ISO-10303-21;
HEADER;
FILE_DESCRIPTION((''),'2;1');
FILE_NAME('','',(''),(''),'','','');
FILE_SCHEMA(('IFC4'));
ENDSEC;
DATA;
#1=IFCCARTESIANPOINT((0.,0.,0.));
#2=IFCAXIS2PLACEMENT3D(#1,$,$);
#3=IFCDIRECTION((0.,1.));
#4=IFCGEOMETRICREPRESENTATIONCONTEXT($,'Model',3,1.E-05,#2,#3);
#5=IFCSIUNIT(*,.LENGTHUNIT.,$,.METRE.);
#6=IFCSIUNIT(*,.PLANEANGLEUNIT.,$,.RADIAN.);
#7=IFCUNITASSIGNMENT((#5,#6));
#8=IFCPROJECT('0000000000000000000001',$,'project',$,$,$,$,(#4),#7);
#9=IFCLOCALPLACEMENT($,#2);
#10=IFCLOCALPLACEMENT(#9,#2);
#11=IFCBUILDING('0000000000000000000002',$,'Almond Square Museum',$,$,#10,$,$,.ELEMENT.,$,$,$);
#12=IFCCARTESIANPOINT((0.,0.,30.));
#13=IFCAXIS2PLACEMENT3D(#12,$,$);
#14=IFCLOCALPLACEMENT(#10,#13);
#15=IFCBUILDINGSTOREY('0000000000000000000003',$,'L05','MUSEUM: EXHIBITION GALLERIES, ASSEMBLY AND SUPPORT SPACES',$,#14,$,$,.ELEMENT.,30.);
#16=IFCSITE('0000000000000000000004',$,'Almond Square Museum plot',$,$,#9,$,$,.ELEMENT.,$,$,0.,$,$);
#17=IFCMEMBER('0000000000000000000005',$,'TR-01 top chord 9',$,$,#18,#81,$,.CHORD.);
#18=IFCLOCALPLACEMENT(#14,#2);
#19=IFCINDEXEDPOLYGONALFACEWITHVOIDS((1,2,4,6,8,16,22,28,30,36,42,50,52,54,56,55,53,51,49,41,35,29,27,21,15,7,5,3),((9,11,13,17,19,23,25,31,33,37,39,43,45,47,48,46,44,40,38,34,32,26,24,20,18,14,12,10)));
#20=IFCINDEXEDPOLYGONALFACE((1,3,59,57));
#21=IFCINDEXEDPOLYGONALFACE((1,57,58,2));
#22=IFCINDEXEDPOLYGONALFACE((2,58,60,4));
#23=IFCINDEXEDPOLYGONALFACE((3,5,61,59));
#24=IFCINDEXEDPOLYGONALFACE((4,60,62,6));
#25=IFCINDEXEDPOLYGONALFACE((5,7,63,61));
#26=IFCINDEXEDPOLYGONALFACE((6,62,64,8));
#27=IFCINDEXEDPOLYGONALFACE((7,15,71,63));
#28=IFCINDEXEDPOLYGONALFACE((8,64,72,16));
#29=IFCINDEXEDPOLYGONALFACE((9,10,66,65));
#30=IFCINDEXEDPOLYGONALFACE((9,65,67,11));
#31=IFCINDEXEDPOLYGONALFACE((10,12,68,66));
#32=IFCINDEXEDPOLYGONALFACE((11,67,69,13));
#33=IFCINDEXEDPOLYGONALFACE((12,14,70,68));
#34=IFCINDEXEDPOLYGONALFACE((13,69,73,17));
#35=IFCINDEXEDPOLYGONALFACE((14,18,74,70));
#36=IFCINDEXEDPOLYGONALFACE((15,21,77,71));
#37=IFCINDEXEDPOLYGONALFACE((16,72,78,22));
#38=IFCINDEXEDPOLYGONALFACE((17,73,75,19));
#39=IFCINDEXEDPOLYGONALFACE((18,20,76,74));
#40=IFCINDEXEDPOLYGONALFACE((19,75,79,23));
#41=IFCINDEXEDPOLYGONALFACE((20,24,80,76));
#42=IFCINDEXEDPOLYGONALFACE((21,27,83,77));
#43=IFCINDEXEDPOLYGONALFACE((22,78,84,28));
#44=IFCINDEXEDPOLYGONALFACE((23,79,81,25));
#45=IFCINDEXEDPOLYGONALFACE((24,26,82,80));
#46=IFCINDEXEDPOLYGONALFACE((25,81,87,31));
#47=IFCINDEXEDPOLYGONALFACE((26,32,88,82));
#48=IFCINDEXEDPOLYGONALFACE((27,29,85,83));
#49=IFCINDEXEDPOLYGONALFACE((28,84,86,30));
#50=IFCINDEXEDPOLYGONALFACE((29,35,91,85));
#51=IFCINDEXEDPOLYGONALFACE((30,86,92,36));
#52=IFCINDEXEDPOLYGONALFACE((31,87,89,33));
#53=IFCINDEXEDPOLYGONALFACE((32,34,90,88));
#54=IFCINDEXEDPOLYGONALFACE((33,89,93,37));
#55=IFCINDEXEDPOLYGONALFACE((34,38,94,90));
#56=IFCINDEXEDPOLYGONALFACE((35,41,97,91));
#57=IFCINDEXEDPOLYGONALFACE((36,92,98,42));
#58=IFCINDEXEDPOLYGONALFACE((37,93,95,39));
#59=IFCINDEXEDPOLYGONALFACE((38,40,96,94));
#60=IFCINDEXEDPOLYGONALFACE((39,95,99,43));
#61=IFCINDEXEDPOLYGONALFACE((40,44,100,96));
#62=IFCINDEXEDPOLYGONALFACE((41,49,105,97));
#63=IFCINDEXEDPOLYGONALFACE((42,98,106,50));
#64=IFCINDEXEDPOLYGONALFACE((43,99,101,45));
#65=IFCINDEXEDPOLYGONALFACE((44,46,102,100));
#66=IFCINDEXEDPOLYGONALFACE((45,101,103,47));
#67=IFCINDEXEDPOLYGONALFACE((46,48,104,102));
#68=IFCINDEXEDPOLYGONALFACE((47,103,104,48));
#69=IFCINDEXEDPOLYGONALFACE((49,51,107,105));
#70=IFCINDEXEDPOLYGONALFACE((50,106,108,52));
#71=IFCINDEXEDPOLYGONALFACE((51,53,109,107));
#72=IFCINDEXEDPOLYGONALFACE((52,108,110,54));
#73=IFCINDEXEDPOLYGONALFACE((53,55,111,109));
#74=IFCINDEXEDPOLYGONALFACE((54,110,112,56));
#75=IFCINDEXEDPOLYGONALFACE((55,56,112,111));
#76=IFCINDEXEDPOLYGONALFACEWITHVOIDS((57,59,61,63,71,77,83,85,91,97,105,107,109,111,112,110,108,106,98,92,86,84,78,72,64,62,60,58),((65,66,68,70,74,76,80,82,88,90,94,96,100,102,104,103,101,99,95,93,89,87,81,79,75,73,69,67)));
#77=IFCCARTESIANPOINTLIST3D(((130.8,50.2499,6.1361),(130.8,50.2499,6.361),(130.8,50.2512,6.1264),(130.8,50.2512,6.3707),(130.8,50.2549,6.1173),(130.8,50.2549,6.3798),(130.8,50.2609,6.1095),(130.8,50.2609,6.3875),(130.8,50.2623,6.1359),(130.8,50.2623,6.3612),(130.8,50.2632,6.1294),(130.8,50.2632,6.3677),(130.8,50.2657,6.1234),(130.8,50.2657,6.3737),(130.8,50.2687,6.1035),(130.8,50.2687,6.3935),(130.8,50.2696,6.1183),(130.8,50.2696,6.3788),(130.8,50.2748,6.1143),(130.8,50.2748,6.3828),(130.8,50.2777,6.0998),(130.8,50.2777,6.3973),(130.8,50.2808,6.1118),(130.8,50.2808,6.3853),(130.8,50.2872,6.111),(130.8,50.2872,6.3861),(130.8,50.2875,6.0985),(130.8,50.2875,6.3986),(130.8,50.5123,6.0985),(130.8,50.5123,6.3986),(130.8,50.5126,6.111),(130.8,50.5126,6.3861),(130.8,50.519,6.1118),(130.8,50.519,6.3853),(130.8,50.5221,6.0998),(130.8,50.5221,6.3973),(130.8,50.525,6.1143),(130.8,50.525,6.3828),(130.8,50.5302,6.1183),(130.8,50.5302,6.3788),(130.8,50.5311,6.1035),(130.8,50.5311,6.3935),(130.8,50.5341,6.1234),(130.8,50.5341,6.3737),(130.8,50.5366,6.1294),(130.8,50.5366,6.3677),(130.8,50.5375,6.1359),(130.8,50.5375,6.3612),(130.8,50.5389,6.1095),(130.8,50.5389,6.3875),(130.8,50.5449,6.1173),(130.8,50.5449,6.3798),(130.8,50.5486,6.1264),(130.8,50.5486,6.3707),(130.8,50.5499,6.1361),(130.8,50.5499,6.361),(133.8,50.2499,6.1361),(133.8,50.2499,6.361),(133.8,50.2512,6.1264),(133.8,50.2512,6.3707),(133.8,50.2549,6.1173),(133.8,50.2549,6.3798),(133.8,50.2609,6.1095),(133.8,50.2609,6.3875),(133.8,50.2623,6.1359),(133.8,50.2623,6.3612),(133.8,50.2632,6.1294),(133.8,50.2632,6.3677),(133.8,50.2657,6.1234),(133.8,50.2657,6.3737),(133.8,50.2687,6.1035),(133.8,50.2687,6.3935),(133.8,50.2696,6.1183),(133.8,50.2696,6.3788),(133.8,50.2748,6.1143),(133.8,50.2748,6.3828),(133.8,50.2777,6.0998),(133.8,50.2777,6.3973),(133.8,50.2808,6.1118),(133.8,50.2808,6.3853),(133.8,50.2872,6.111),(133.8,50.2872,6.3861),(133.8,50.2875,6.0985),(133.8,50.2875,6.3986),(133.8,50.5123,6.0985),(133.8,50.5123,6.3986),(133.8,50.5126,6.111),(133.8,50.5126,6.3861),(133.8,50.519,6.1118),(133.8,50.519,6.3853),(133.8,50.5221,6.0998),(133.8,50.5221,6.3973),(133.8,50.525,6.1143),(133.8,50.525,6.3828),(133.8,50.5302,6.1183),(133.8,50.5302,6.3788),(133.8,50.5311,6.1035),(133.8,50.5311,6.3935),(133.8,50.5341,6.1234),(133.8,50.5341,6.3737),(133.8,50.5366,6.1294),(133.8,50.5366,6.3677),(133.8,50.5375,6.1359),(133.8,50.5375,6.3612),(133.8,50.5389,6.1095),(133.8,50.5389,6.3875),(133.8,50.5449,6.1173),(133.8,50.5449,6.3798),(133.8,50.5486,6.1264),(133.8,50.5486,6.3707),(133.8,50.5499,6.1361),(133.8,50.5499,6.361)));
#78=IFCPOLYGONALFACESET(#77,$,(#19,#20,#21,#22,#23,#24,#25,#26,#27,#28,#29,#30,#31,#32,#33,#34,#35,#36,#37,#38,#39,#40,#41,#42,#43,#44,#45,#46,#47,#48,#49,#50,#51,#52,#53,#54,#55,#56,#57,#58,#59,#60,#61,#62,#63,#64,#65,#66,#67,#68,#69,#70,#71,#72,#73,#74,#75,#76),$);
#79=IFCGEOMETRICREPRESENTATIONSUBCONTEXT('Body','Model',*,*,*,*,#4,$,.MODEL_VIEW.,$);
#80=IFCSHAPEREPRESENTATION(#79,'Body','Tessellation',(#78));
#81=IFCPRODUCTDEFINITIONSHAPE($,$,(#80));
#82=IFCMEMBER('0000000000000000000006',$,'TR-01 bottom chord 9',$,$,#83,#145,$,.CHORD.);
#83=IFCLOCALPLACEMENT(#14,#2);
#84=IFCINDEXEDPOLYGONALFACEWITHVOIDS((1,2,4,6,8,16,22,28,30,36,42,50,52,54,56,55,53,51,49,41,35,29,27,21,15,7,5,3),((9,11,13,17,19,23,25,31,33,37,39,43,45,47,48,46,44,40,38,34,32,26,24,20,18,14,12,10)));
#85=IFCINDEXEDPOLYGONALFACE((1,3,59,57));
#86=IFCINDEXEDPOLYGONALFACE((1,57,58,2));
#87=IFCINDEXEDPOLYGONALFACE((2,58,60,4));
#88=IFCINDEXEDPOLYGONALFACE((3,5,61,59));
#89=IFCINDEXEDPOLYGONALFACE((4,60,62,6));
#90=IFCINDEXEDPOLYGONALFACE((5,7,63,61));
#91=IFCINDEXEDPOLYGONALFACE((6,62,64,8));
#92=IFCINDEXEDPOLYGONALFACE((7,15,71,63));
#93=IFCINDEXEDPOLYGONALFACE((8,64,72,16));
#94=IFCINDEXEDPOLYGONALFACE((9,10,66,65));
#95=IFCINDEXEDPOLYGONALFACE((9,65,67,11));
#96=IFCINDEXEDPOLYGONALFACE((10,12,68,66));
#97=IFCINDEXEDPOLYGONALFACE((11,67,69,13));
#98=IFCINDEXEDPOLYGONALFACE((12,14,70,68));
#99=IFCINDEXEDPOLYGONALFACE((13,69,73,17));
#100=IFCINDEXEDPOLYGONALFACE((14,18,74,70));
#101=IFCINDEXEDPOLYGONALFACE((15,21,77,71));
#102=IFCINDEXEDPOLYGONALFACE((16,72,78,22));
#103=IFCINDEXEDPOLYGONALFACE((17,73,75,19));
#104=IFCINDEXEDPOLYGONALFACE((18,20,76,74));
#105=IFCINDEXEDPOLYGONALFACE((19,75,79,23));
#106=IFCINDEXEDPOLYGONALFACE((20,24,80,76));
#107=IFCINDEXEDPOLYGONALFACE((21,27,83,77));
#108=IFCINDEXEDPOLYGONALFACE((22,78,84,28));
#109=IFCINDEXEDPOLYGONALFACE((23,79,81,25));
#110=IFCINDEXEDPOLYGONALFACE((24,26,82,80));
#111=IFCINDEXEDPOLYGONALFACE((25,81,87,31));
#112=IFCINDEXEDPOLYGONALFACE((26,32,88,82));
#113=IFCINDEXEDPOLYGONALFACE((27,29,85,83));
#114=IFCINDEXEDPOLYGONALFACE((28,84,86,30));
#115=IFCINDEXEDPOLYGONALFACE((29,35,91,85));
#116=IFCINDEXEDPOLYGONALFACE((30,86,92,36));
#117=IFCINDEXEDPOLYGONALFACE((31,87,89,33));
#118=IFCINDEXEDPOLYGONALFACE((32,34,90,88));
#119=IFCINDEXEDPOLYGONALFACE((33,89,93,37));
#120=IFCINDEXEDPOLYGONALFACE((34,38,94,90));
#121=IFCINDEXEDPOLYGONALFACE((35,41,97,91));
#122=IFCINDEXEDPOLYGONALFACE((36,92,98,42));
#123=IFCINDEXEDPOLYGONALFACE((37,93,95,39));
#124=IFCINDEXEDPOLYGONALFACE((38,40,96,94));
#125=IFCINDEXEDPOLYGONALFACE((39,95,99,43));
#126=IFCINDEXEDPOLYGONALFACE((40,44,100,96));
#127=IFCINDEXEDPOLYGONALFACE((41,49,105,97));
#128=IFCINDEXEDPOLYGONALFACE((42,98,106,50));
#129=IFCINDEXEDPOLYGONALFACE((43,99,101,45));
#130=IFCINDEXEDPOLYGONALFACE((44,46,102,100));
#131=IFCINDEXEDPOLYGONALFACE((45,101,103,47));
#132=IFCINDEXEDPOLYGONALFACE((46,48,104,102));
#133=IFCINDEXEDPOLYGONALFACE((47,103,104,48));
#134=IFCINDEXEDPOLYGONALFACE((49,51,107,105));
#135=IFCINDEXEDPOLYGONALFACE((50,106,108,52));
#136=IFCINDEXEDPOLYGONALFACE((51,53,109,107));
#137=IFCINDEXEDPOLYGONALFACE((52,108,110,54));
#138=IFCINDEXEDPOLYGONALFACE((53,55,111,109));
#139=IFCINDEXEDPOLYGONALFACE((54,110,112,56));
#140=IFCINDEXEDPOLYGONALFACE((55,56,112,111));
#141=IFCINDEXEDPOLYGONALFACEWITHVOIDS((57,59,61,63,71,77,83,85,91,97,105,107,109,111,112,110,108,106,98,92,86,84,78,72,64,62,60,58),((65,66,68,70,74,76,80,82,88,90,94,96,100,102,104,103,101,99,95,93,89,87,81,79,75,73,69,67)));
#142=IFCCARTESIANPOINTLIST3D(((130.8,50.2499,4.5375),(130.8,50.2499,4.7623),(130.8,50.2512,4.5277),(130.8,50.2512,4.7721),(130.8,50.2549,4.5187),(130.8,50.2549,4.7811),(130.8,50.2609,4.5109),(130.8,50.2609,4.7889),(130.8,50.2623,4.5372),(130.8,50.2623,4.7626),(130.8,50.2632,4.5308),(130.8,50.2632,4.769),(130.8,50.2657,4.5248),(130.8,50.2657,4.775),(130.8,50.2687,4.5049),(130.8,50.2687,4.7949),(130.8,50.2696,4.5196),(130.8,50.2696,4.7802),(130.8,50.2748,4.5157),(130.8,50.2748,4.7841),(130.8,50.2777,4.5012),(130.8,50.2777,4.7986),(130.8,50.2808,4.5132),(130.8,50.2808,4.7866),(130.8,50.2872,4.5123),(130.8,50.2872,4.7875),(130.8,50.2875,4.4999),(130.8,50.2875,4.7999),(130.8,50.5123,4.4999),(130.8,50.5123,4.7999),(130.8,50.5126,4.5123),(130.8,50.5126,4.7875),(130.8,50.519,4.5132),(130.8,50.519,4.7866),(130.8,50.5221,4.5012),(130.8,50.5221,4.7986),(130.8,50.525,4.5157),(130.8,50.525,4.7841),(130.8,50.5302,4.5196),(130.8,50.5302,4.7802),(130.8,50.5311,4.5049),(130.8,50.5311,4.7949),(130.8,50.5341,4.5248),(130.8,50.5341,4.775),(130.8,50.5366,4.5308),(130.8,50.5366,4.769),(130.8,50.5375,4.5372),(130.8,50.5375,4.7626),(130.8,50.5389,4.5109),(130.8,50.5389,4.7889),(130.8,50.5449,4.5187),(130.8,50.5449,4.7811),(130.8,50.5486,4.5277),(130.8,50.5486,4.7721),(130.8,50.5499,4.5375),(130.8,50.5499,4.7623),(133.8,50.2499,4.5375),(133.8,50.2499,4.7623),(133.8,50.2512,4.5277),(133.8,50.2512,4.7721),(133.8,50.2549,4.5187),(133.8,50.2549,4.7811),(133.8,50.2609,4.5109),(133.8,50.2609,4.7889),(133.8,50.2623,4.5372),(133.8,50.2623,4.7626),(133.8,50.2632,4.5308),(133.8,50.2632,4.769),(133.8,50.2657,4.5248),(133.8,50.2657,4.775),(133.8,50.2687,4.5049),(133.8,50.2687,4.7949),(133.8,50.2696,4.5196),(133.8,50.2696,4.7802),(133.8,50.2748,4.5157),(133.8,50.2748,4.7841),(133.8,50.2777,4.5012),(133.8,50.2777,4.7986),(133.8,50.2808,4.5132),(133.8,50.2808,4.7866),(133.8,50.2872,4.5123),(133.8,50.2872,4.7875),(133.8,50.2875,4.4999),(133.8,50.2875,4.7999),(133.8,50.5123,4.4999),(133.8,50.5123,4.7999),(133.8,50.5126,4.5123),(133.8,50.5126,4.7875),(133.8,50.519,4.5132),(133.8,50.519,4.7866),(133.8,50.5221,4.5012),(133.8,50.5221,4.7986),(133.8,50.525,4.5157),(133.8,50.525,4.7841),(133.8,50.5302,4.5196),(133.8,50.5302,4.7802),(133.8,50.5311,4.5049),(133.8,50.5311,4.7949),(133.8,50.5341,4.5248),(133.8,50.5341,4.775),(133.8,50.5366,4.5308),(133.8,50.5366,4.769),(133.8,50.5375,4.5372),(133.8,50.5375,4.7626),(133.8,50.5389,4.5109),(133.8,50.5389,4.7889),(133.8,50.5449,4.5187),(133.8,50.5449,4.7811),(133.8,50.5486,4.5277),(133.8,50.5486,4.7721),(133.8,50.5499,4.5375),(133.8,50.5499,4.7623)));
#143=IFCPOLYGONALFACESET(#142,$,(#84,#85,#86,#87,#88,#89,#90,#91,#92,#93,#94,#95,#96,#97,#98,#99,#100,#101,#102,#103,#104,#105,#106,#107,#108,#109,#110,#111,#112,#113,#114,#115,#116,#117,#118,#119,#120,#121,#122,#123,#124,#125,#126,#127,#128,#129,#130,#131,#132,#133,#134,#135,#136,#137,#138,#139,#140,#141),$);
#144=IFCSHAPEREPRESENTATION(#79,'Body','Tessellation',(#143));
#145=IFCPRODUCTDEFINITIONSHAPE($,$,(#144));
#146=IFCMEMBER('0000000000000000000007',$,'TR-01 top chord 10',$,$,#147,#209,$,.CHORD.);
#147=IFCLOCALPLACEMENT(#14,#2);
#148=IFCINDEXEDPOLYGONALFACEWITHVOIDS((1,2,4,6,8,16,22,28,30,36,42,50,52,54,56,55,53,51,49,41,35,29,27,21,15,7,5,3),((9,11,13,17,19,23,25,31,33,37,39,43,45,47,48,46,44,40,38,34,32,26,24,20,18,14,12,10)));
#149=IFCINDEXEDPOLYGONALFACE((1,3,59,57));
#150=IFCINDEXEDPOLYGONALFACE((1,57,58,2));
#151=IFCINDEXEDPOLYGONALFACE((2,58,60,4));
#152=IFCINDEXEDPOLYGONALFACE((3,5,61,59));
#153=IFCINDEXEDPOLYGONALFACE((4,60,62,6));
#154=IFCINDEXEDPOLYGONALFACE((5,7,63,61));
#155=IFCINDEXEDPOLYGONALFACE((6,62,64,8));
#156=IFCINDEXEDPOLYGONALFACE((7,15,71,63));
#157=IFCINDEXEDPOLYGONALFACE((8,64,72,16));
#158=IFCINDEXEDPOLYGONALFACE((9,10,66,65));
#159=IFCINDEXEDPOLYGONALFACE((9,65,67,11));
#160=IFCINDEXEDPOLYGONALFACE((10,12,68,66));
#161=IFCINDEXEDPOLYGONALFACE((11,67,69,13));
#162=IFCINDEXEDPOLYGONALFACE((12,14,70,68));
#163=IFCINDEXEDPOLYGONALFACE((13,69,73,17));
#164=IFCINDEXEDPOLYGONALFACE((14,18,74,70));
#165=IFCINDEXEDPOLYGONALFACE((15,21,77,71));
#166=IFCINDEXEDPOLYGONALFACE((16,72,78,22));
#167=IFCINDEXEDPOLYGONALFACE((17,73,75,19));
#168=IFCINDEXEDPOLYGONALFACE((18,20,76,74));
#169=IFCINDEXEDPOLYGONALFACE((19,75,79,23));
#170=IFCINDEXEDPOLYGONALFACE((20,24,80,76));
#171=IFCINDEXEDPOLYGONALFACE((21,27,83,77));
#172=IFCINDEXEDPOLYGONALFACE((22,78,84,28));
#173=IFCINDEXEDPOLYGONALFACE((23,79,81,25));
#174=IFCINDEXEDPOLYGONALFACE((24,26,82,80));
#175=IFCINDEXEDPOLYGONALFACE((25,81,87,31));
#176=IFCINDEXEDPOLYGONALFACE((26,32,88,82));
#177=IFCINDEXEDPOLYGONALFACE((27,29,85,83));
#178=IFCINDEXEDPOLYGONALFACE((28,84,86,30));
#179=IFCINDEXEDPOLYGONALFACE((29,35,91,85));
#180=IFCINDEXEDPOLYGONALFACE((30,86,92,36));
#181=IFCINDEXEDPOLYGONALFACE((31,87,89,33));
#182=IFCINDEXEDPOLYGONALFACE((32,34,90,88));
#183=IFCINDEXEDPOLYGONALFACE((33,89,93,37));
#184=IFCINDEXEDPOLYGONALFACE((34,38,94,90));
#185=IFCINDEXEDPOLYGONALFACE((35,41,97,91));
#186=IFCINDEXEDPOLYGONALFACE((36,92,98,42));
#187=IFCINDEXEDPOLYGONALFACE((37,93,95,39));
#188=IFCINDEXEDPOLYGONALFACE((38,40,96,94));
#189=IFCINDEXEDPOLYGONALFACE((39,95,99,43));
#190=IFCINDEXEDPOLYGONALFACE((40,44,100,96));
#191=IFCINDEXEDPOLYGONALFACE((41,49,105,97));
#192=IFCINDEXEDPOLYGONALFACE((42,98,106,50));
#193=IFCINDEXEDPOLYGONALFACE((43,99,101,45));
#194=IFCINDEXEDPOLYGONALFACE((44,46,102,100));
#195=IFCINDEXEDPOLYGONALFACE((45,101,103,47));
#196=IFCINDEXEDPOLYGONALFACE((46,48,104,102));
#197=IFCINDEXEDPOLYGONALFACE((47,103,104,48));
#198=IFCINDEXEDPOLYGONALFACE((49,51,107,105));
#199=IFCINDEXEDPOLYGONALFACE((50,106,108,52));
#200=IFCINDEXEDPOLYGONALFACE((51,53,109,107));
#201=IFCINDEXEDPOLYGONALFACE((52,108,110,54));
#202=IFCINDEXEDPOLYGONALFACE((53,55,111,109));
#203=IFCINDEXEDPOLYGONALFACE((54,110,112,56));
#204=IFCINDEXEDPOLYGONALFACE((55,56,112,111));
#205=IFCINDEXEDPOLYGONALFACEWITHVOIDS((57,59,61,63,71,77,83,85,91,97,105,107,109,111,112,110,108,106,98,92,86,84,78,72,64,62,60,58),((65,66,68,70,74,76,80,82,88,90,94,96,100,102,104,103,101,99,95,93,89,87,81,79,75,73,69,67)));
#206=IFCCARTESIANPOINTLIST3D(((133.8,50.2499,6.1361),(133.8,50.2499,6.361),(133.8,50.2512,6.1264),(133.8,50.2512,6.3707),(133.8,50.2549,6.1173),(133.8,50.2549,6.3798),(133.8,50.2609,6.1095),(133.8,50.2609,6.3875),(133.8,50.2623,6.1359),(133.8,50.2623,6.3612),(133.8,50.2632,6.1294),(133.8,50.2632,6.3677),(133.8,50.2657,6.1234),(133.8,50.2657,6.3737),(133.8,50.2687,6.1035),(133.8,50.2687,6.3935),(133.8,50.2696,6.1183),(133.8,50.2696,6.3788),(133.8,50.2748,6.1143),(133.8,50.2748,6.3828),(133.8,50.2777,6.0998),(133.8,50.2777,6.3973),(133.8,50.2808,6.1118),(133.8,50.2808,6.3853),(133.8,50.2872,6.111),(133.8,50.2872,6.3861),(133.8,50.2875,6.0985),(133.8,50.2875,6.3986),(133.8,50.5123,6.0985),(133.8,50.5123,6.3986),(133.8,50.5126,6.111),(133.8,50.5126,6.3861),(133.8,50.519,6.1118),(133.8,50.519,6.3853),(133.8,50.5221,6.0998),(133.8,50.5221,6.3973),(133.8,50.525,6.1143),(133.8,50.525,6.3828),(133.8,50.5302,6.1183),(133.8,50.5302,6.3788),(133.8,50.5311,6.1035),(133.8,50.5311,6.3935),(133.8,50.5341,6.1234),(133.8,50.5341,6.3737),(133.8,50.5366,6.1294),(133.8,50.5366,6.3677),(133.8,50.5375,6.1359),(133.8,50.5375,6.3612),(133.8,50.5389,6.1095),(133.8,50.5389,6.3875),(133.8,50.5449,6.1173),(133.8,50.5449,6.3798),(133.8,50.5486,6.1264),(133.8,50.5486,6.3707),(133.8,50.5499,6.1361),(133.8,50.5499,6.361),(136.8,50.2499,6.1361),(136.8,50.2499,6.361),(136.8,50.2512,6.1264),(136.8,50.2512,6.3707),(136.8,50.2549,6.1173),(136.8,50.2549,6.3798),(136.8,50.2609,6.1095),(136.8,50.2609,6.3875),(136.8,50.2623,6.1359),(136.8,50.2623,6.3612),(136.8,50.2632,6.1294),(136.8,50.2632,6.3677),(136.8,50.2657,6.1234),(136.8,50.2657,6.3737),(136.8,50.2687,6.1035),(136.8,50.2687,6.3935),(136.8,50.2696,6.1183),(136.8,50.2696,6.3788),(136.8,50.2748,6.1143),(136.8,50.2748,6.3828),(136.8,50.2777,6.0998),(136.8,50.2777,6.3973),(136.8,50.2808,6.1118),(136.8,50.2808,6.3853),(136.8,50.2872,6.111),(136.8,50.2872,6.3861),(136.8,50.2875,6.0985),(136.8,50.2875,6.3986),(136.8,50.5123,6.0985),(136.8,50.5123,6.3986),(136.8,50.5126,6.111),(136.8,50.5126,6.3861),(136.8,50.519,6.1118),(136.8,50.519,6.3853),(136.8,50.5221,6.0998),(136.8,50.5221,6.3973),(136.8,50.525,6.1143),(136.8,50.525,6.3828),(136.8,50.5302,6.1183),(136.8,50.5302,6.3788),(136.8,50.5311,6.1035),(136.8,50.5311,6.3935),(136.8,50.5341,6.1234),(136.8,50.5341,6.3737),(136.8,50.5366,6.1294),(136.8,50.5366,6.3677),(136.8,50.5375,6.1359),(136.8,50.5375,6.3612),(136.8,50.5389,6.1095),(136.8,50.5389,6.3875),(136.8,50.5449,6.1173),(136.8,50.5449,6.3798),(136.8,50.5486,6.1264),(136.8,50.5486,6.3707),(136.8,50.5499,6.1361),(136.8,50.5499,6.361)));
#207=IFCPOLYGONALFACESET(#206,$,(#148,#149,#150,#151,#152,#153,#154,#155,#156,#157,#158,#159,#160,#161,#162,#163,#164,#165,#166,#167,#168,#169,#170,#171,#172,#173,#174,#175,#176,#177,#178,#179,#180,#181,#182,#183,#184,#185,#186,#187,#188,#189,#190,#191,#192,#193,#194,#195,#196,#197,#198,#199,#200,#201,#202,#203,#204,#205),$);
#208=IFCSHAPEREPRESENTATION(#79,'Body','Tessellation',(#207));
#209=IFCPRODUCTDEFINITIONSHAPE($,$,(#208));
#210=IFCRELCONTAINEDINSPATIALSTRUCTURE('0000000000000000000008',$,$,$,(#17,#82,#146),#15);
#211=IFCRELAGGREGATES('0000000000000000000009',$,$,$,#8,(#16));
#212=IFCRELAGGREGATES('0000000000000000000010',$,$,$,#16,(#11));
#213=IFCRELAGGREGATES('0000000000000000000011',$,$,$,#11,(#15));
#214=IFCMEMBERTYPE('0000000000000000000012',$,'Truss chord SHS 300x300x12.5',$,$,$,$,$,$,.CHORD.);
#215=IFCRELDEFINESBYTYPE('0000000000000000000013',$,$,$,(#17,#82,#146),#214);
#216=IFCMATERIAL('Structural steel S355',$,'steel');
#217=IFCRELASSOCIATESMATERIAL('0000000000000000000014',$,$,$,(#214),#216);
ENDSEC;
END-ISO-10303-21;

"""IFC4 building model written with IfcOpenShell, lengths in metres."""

from ifc_helpers import new_model, si_unit, direction, frame, origin, origin_2d, place, context, subcontext, project, spatial, hollow_rectangle, extrude, material, material_profile, profile_set, type_object, element, save


model = new_model("IFC4")

# Units and contexts
model_context = context("Model", 3, precision=1e-05, world=origin(), true_north=direction((0.0, 1.0)))
body_context = subcontext(model_context, "Body", "Model", "MODEL_VIEW")
ifc_project = project(units=[si_unit("LENGTHUNIT", "METRE"), si_unit("PLANEANGLEUNIT", "RADIAN")], contexts=[model_context])

# Site, building, storey
site_placement = place(None, origin())
site = spatial("IfcSite", under=ifc_project, at=site_placement, Name="Almond Square Museum plot", CompositionType="ELEMENT", RefElevation=0.0)
building_placement = place(site_placement, origin())
building = spatial("IfcBuilding", under=site, at=building_placement, Name="Almond Square Museum", CompositionType="ELEMENT")
storey_placement = place(building_placement, frame((0.0, 0.0, 30.0)))
storey = spatial("IfcBuildingStorey", under=building, at=storey_placement, Name="L05", Description="MUSEUM: EXHIBITION GALLERIES, ASSEMBLY AND SUPPORT SPACES", CompositionType="ELEMENT", Elevation=30.0)

# Members
ifc_material_1 = material(Name="Structural steel S355", Category="steel")
ifc_material_profile_1 = material_profile(ifc_material_1, hollow_rectangle(XDim=0.3, YDim=0.3, WallThickness=0.0125, InnerFilletRadius=0.0249, OuterFilletRadius=0.0376, at=origin_2d()))
ifc_profile_set_1 = profile_set([ifc_material_profile_1], Name="Structural steel S355")
member_type_1 = type_object("IfcMemberType", Name="Truss chord SHS 300x300x12.5", PredefinedType="CHORD", material=ifc_profile_set_1)
for number, where, z_axis, x_axis, name in (
    (1, (130.8, 50.3999, 6.2485), (1.0, 0.0, 0.0), (0.0, 1.0, 0.0), "TR-01 top chord 9"),
    (2, (130.8, 50.3999, 4.6499), (1.0, 0.0, 0.0), (0.0, 1.0, 0.0), "TR-01 bottom chord 9"),
    (3, (133.8, 50.3999, 6.2485), (1.0, 0.0, 0.0), (0.0, 1.0, 0.0), "TR-01 top chord 10"),
):
    element("IfcMember", number, at=place(storey_placement, frame(where, z_axis=z_axis, x_axis=x_axis)), inside=storey, type_object=member_type_1, Name=name, PredefinedType="CHORD", context=body_context, shape_type="SweptSolid", body=[
        extrude(hollow_rectangle(XDim=0.3, YDim=0.3, WallThickness=0.0125, InnerFilletRadius=0.0249, OuterFilletRadius=0.0376, at=origin_2d()), origin(), (0.0, 0.0, 1.0), 3.0),
    ])

save(model, "model.ifc")
